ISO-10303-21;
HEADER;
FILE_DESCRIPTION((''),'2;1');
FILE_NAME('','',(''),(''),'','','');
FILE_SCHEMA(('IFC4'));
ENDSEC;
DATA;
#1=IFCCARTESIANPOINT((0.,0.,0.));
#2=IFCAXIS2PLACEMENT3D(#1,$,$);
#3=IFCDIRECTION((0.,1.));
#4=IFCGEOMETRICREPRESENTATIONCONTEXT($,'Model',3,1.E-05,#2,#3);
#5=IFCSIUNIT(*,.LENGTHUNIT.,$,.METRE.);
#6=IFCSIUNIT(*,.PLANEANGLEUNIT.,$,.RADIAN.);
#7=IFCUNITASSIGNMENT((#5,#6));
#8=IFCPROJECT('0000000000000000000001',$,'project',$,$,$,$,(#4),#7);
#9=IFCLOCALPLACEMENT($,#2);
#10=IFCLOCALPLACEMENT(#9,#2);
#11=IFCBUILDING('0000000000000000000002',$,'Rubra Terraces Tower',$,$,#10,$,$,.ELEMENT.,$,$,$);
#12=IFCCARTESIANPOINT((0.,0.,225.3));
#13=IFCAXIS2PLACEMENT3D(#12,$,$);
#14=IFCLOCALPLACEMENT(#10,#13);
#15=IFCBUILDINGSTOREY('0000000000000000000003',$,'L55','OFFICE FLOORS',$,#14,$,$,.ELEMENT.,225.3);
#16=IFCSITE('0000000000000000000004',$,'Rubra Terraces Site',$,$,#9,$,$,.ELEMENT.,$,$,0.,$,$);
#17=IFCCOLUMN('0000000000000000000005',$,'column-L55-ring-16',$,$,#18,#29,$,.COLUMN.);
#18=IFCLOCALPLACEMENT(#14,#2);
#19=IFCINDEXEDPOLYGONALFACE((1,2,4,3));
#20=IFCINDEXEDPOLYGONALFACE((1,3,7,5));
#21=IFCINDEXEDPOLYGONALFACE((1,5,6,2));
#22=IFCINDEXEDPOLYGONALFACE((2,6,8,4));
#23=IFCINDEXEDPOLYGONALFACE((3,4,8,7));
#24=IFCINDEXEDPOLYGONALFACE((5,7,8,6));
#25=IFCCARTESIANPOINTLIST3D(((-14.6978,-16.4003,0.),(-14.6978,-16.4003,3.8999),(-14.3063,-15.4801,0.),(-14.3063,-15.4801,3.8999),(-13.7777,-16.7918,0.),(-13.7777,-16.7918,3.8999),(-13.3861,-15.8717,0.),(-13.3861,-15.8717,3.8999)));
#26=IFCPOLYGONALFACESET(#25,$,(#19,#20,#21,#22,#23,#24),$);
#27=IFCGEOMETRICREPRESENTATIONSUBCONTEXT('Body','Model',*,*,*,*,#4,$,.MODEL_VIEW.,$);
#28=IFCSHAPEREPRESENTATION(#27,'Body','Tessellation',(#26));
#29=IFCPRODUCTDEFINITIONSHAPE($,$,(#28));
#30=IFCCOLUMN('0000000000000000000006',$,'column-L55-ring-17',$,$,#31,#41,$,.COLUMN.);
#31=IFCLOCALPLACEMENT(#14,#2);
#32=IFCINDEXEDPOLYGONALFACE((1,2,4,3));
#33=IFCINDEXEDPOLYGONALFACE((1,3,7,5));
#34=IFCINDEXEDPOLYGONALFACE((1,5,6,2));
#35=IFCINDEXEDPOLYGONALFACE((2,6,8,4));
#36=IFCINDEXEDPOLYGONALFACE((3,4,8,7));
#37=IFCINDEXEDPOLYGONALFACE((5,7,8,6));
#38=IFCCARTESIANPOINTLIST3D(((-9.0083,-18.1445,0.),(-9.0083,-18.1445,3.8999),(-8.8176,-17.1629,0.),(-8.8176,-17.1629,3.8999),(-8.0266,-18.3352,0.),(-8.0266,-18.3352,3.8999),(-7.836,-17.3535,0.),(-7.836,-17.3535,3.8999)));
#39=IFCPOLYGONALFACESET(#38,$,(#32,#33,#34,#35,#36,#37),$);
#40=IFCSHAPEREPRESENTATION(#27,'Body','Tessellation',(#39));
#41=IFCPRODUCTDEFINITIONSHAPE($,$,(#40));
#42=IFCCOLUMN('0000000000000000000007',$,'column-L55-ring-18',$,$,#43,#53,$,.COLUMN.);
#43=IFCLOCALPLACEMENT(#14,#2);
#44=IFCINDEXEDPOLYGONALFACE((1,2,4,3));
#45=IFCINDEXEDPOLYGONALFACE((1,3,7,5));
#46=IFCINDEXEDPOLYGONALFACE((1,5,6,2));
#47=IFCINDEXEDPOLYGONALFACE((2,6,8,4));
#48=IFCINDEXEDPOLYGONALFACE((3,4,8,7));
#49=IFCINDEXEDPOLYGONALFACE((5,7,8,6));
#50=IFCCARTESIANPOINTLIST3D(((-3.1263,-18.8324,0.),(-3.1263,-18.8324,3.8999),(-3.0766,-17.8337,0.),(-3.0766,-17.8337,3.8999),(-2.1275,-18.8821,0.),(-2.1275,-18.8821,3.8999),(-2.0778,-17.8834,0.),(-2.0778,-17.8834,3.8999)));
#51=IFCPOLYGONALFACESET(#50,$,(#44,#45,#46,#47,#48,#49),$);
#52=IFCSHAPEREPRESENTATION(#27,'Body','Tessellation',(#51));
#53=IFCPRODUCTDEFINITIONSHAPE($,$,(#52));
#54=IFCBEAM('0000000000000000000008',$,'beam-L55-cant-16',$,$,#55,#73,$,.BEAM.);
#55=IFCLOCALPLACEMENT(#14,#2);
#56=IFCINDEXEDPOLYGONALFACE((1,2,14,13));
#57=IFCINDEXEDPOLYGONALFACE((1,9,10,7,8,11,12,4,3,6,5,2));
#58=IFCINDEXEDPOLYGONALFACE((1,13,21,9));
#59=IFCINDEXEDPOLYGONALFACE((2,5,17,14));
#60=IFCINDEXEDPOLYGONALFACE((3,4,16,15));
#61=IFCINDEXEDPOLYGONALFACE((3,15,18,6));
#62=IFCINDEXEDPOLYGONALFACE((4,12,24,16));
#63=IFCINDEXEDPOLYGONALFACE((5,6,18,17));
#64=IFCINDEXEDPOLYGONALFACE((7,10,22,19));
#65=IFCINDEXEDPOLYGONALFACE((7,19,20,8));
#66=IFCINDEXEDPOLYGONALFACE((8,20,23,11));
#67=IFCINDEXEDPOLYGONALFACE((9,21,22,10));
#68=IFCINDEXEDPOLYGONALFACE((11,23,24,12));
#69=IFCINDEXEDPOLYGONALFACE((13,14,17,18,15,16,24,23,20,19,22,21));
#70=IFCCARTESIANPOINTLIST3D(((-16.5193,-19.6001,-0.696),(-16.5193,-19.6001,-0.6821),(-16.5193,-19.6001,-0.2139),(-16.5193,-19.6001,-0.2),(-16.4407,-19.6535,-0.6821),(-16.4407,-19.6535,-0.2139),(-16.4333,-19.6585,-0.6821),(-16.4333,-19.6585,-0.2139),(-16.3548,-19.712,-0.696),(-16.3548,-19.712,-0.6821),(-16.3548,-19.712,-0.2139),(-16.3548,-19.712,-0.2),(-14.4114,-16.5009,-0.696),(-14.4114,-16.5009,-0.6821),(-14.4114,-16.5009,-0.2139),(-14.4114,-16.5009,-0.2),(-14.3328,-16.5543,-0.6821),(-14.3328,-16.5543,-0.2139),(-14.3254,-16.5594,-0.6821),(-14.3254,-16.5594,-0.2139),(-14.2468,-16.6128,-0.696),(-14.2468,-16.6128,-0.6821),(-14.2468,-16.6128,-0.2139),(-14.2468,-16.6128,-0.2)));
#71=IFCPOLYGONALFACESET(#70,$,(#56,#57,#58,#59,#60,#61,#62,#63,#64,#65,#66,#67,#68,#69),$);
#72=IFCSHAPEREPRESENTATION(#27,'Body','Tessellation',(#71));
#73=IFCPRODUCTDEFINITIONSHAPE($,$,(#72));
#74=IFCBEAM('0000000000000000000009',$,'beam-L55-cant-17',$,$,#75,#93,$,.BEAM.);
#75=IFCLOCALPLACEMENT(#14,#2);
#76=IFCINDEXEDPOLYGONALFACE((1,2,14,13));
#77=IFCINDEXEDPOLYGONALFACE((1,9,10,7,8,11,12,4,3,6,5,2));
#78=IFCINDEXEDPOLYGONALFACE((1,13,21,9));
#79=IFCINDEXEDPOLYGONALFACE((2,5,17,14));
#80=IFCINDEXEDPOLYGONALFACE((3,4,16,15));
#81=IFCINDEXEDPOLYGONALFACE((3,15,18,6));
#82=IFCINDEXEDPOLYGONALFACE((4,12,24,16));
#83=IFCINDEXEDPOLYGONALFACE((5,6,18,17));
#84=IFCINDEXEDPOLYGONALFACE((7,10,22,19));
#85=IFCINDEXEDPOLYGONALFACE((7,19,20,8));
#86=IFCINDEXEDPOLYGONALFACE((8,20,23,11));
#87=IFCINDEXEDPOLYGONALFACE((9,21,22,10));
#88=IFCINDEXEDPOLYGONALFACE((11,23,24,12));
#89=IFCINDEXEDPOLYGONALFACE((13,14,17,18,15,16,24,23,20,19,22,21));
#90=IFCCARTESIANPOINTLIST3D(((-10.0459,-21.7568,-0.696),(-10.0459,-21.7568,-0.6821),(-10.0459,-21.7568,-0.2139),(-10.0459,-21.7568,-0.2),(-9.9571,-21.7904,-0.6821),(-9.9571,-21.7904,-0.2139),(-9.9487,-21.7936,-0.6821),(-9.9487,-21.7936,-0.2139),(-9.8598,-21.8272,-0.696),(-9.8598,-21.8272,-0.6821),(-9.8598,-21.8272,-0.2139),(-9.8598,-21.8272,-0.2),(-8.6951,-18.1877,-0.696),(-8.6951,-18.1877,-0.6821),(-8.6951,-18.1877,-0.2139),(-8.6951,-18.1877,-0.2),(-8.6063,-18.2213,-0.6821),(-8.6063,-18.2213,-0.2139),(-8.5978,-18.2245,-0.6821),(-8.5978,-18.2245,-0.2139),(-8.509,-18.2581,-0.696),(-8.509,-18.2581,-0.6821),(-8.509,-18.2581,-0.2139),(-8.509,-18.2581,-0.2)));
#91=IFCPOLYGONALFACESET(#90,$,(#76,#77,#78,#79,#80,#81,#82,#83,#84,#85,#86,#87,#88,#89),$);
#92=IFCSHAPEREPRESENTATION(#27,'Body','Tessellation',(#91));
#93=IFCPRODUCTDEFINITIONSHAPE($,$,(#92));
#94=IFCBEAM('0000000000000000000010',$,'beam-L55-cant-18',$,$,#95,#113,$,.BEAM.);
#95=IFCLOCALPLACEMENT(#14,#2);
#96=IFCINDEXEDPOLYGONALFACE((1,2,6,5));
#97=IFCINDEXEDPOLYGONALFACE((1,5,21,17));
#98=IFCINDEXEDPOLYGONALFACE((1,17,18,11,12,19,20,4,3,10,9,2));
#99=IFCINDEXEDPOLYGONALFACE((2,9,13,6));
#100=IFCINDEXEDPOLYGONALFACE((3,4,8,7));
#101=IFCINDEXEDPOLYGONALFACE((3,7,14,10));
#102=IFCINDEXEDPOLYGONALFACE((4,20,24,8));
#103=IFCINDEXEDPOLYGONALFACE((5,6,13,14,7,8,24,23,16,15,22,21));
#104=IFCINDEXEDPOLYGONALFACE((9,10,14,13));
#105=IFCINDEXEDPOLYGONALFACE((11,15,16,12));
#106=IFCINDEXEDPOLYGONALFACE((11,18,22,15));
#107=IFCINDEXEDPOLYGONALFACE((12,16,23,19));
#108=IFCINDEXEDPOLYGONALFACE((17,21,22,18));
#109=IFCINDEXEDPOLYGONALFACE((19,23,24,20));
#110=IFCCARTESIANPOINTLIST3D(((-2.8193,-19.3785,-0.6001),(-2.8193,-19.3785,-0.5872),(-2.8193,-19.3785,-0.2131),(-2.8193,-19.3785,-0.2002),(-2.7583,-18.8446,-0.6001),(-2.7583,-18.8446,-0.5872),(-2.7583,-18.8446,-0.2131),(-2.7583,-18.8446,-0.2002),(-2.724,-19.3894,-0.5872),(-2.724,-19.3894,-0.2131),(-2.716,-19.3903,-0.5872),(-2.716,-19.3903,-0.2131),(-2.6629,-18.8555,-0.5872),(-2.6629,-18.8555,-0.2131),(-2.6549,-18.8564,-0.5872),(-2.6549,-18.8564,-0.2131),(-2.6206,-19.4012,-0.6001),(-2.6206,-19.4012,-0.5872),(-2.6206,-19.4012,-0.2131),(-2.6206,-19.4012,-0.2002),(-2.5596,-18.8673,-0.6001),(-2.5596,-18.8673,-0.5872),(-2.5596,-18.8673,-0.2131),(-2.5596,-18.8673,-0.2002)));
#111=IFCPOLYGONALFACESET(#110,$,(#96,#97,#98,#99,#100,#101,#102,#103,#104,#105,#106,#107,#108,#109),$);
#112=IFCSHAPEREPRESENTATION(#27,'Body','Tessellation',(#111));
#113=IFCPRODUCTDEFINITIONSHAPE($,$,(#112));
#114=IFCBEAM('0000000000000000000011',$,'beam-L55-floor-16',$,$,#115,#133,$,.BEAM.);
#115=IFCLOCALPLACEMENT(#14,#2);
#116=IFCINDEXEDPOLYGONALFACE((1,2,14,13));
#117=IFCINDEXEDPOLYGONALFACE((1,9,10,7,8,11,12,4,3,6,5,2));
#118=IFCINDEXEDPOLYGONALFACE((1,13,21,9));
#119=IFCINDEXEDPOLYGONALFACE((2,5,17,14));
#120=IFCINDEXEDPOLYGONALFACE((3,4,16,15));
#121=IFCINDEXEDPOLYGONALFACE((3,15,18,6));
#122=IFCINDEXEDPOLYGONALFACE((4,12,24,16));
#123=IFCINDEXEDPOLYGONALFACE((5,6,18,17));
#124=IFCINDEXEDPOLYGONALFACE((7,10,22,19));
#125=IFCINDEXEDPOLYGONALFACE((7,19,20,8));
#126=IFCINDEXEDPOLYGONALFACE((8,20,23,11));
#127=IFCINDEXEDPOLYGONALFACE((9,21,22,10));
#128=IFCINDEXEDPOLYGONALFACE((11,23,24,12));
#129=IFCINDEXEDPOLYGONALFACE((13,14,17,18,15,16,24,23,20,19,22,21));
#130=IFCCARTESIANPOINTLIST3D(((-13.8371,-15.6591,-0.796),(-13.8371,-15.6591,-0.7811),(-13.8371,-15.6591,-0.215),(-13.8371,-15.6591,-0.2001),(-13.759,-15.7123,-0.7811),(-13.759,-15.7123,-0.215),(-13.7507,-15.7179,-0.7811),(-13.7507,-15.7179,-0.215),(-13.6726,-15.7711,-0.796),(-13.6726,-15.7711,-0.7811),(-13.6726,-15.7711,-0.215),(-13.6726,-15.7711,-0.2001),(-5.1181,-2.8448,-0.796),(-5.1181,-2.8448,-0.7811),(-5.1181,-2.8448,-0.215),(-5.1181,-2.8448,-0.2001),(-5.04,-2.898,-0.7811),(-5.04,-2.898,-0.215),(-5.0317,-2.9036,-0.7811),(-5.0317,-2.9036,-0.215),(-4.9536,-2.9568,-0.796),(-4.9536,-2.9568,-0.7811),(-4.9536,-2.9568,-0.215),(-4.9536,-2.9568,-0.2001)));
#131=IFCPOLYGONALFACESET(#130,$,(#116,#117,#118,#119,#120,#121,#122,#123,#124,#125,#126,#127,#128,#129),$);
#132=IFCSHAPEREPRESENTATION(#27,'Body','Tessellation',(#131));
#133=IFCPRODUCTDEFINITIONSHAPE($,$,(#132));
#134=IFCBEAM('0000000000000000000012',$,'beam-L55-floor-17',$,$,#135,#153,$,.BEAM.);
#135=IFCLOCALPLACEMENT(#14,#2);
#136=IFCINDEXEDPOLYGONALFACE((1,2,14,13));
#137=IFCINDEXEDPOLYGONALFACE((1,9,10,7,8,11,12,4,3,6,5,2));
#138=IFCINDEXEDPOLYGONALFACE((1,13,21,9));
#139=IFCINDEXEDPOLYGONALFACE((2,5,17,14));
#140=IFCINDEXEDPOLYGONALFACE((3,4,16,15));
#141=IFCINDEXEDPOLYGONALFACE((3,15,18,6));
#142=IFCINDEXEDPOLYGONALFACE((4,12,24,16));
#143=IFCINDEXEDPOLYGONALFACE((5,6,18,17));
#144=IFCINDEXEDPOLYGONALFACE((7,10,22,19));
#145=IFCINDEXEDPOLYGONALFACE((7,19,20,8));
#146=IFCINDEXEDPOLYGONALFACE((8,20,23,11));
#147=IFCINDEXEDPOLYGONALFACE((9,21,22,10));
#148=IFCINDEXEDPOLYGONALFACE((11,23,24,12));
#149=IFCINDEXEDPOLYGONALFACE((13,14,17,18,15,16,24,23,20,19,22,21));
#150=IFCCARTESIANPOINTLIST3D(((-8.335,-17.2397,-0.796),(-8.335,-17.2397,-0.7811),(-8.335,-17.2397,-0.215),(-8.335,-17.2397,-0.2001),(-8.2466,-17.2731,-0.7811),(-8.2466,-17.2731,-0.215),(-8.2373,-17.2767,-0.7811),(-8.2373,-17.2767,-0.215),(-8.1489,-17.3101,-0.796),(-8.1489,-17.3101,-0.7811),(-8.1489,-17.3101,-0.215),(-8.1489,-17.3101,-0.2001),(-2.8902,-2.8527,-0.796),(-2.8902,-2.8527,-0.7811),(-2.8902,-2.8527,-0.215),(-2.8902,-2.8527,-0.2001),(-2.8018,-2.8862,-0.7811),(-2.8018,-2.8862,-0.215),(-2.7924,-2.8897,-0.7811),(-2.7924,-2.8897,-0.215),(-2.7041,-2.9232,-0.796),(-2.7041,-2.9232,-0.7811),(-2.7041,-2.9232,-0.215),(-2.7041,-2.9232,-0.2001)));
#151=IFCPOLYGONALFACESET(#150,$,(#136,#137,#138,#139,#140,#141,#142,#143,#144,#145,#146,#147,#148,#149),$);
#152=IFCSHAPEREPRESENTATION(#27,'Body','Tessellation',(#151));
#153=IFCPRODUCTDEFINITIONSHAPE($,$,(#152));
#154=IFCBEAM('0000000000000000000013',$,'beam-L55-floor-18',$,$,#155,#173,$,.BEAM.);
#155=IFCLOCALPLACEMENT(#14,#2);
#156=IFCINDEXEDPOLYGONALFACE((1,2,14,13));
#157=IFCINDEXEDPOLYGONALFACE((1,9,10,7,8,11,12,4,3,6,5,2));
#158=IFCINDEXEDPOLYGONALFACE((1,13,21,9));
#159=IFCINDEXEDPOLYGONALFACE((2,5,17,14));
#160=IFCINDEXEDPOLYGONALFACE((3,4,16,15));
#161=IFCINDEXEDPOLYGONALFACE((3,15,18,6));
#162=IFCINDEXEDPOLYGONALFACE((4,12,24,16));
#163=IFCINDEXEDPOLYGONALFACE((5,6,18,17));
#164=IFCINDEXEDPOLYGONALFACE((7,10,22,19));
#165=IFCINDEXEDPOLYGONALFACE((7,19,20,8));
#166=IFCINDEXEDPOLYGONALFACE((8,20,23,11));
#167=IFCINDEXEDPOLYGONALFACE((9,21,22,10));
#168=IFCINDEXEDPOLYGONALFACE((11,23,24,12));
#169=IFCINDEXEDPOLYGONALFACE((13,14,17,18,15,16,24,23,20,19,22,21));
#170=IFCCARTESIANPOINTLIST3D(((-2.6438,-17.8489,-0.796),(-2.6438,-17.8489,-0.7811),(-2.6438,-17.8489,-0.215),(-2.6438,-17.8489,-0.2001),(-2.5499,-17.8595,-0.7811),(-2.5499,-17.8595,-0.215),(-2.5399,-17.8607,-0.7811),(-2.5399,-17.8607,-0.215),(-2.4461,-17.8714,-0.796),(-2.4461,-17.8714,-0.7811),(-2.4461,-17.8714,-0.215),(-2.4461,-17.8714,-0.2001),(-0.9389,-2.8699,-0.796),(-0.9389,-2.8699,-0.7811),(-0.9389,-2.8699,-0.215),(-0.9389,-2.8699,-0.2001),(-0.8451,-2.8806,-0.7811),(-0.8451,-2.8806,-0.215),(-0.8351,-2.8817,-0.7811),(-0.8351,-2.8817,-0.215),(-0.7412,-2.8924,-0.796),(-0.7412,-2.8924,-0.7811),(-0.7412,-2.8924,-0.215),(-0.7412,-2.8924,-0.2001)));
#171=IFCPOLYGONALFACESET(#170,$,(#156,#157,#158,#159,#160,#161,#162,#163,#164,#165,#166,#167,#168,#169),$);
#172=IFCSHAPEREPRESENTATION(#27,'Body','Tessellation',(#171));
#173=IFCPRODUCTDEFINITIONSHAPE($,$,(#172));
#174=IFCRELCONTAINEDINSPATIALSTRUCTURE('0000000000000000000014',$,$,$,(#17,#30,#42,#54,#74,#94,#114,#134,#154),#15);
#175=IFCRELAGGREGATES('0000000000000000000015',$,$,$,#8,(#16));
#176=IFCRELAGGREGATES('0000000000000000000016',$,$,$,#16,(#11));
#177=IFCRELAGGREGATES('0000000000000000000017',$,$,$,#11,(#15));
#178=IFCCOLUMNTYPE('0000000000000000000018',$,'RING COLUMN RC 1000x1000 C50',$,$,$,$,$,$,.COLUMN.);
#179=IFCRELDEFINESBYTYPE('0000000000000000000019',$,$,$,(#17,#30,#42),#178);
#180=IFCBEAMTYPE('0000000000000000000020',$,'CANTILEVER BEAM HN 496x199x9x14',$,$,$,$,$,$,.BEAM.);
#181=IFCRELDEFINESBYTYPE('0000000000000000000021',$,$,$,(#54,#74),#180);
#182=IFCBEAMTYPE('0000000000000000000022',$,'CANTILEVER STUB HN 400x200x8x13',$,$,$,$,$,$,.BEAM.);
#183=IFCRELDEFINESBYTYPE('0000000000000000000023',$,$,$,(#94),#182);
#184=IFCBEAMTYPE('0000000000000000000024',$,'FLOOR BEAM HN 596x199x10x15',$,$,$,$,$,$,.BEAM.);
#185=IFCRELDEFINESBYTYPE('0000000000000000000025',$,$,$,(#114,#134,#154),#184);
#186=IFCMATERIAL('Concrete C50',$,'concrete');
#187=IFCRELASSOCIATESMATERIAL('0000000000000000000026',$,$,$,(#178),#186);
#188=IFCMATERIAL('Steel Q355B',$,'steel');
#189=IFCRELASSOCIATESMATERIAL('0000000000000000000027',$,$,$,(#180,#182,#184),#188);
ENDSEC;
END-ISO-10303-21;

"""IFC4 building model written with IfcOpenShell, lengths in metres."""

from ifc_helpers import new_model, si_unit, direction, frame, origin, origin_2d, place, context, subcontext, project, spatial, rectangle, i_section, extrude, material, material_profile, profile_set, type_object, element, save


model = new_model("IFC4")

# Units and contexts
model_context = context("Model", 3, precision=1e-05, world=origin(), true_north=direction((0.0, 1.0)))
body_context = subcontext(model_context, "Body", "Model", "MODEL_VIEW")
ifc_project = project(units=[si_unit("LENGTHUNIT", "METRE"), si_unit("PLANEANGLEUNIT", "RADIAN")], contexts=[model_context])

# Site, building, storey
site_placement = place(None, origin())
site = spatial("IfcSite", under=ifc_project, at=site_placement, Name="Rubra Terraces Site", CompositionType="ELEMENT", RefElevation=0.0)
building_placement = place(site_placement, origin())
building = spatial("IfcBuilding", under=site, at=building_placement, Name="Rubra Terraces Tower", CompositionType="ELEMENT")
storey_placement = place(building_placement, frame((0.0, 0.0, 225.3)))
storey = spatial("IfcBuildingStorey", under=building, at=storey_placement, Name="L55", Description="OFFICE FLOORS", CompositionType="ELEMENT", Elevation=225.3)

# Columns
ifc_material_1 = material(Name="Concrete C50", Category="concrete")
ifc_material_profile_1 = material_profile(ifc_material_1, rectangle(XDim=1.0, YDim=1.0, at=origin_2d()), Name="RC 1000x1000")
ifc_profile_set_1 = profile_set([ifc_material_profile_1], Name="Concrete C50")
column_type = type_object("IfcColumnType", Name="RING COLUMN RC 1000x1000 C50", PredefinedType="COLUMN", material=ifc_profile_set_1)
for number, where, z_axis, x_axis, name in (
    (1, (-14.042, -16.136, 0.0), (0.0, 0.0, 1.0), (0.920168, -0.391524, 0.0), "column-L55-ring-16"),
    (2, (-8.4221, -17.749, 0.0), (0.0, 0.0, 1.0), (0.981655, -0.190668, 0.0), "column-L55-ring-17"),
    (3, (-2.6021, -18.3579, 0.0), (0.0, 0.0, 1.0), (0.998764, -0.049699, 0.0), "column-L55-ring-18"),
):
    element("IfcColumn", number, at=place(storey_placement, frame(where, z_axis=z_axis, x_axis=x_axis)), inside=storey, type_object=column_type, Name=name, PredefinedType="COLUMN", context=body_context, shape_type="SweptSolid", body=[
        extrude(rectangle(XDim=1.0, YDim=1.0, at=origin_2d()), origin(), (0.0, 0.0, 1.0), 3.8999),
    ])

# Beams
ifc_material_2 = material(Name="Steel Q355B", Category="steel")
ifc_material_profile_2 = material_profile(ifc_material_2, i_section(OverallWidth=0.199, OverallDepth=0.4961, WebThickness=0.009, FlangeThickness=0.0139, at=origin_2d()), Name="HN 496x199x9x14")
ifc_profile_set_2 = profile_set([ifc_material_profile_2], Name="Steel Q355B")
beam_type_1 = type_object("IfcBeamType", Name="CANTILEVER BEAM HN 496x199x9x14", PredefinedType="BEAM", material=ifc_profile_set_2)
beam_1_placement = place(storey_placement, frame((-14.3291, -16.5569, -0.448), z_axis=(-0.562403, -0.826863, 0.0), x_axis=(0.826863, -0.562403, 0.0)))
element("IfcBeam", 4, at=beam_1_placement, inside=storey, type_object=beam_type_1, Name="beam-L55-cant-16", PredefinedType="BEAM", context=body_context, shape_type="SweptSolid", body=[
    extrude(i_section(OverallWidth=0.199, OverallDepth=0.4961, WebThickness=0.009, FlangeThickness=0.0139, at=origin_2d()), origin(), (0.0, 0.0, 1.0), 3.748),
])
beam_2_placement = place(storey_placement, frame((-8.6021, -18.2229, -0.448), z_axis=(-0.353975, -0.935255, 0.0), x_axis=(0.935255, -0.353975, 0.0)))
element("IfcBeam", 5, at=beam_2_placement, inside=storey, type_object=beam_type_1, Name="beam-L55-cant-17", PredefinedType="BEAM", context=body_context, shape_type="SweptSolid", body=[
    extrude(i_section(OverallWidth=0.199, OverallDepth=0.4961, WebThickness=0.009, FlangeThickness=0.0139, at=origin_2d()), origin(), (0.0, 0.0, 1.0), 3.8162),
])
ifc_material_profile_3 = material_profile(ifc_material_2, i_section(OverallWidth=0.2, OverallDepth=0.3999, WebThickness=0.0081, FlangeThickness=0.0129, at=origin_2d()), Name="HN 400x200x8x13")
ifc_profile_set_3 = profile_set([ifc_material_profile_3], Name="Steel Q355B")
beam_type_2 = type_object("IfcBeamType", Name="CANTILEVER STUB HN 400x200x8x13", PredefinedType="BEAM", material=ifc_profile_set_3)
beam_3_placement = place(storey_placement, frame((-2.6589, -18.856, -0.4001), z_axis=(-0.113572, -0.99353, 0.0), x_axis=(0.99353, -0.113572, 0.0)))
element("IfcBeam", 6, at=beam_3_placement, inside=storey, type_object=beam_type_2, Name="beam-L55-cant-18", PredefinedType="BEAM", context=body_context, shape_type="SweptSolid", body=[
    extrude(i_section(OverallWidth=0.2, OverallDepth=0.3999, WebThickness=0.0081, FlangeThickness=0.0129, at=origin_2d()), origin(), (0.0, 0.0, 1.0), 0.5374),
])
ifc_material_profile_4 = material_profile(ifc_material_2, i_section(OverallWidth=0.199, OverallDepth=0.5959, WebThickness=0.01, FlangeThickness=0.0149, at=origin_2d()), Name="HN 596x199x10x15")
ifc_profile_set_4 = profile_set([ifc_material_profile_4], Name="Steel Q355B")
beam_type_3 = type_object("IfcBeamType", Name="FLOOR BEAM HN 596x199x10x15", PredefinedType="BEAM", material=ifc_profile_set_4)
beam_4_placement = place(storey_placement, frame((-13.7549, -15.7151, -0.498), z_axis=(0.562545, 0.826767, 0.0), x_axis=(-0.826767, 0.562545, 0.0)))
element("IfcBeam", 7, at=beam_4_placement, inside=storey, type_object=beam_type_3, Name="beam-L55-floor-16", PredefinedType="BEAM", context=body_context, shape_type="SweptSolid", body=[
    extrude(i_section(OverallWidth=0.199, OverallDepth=0.5959, WebThickness=0.01, FlangeThickness=0.0149, at=origin_2d()), origin(), (0.0, 0.0, 1.0), 15.4993),
])
beam_5_placement = place(storey_placement, frame((-8.2419, -17.2749, -0.498), z_axis=(0.353955, 0.935262, 0.0), x_axis=(-0.935262, 0.353955, 0.0)))
element("IfcBeam", 8, at=beam_5_placement, inside=storey, type_object=beam_type_3, Name="beam-L55-floor-17", PredefinedType="BEAM", context=body_context, shape_type="SweptSolid", body=[
    extrude(i_section(OverallWidth=0.199, OverallDepth=0.5959, WebThickness=0.01, FlangeThickness=0.0149, at=origin_2d()), origin(), (0.0, 0.0, 1.0), 15.3828),
])
beam_6_placement = place(storey_placement, frame((-2.5449, -17.8601, -0.498), z_axis=(0.113085, 0.993585, 0.0), x_axis=(-0.993585, 0.113085, 0.0)))
element("IfcBeam", 9, at=beam_6_placement, inside=storey, type_object=beam_type_3, Name="beam-L55-floor-18", PredefinedType="BEAM", context=body_context, shape_type="SweptSolid", body=[
    extrude(i_section(OverallWidth=0.199, OverallDepth=0.5959, WebThickness=0.01, FlangeThickness=0.0149, at=origin_2d()), origin(), (0.0, 0.0, 1.0), 15.0757),
])

save(model, "model.ifc")
